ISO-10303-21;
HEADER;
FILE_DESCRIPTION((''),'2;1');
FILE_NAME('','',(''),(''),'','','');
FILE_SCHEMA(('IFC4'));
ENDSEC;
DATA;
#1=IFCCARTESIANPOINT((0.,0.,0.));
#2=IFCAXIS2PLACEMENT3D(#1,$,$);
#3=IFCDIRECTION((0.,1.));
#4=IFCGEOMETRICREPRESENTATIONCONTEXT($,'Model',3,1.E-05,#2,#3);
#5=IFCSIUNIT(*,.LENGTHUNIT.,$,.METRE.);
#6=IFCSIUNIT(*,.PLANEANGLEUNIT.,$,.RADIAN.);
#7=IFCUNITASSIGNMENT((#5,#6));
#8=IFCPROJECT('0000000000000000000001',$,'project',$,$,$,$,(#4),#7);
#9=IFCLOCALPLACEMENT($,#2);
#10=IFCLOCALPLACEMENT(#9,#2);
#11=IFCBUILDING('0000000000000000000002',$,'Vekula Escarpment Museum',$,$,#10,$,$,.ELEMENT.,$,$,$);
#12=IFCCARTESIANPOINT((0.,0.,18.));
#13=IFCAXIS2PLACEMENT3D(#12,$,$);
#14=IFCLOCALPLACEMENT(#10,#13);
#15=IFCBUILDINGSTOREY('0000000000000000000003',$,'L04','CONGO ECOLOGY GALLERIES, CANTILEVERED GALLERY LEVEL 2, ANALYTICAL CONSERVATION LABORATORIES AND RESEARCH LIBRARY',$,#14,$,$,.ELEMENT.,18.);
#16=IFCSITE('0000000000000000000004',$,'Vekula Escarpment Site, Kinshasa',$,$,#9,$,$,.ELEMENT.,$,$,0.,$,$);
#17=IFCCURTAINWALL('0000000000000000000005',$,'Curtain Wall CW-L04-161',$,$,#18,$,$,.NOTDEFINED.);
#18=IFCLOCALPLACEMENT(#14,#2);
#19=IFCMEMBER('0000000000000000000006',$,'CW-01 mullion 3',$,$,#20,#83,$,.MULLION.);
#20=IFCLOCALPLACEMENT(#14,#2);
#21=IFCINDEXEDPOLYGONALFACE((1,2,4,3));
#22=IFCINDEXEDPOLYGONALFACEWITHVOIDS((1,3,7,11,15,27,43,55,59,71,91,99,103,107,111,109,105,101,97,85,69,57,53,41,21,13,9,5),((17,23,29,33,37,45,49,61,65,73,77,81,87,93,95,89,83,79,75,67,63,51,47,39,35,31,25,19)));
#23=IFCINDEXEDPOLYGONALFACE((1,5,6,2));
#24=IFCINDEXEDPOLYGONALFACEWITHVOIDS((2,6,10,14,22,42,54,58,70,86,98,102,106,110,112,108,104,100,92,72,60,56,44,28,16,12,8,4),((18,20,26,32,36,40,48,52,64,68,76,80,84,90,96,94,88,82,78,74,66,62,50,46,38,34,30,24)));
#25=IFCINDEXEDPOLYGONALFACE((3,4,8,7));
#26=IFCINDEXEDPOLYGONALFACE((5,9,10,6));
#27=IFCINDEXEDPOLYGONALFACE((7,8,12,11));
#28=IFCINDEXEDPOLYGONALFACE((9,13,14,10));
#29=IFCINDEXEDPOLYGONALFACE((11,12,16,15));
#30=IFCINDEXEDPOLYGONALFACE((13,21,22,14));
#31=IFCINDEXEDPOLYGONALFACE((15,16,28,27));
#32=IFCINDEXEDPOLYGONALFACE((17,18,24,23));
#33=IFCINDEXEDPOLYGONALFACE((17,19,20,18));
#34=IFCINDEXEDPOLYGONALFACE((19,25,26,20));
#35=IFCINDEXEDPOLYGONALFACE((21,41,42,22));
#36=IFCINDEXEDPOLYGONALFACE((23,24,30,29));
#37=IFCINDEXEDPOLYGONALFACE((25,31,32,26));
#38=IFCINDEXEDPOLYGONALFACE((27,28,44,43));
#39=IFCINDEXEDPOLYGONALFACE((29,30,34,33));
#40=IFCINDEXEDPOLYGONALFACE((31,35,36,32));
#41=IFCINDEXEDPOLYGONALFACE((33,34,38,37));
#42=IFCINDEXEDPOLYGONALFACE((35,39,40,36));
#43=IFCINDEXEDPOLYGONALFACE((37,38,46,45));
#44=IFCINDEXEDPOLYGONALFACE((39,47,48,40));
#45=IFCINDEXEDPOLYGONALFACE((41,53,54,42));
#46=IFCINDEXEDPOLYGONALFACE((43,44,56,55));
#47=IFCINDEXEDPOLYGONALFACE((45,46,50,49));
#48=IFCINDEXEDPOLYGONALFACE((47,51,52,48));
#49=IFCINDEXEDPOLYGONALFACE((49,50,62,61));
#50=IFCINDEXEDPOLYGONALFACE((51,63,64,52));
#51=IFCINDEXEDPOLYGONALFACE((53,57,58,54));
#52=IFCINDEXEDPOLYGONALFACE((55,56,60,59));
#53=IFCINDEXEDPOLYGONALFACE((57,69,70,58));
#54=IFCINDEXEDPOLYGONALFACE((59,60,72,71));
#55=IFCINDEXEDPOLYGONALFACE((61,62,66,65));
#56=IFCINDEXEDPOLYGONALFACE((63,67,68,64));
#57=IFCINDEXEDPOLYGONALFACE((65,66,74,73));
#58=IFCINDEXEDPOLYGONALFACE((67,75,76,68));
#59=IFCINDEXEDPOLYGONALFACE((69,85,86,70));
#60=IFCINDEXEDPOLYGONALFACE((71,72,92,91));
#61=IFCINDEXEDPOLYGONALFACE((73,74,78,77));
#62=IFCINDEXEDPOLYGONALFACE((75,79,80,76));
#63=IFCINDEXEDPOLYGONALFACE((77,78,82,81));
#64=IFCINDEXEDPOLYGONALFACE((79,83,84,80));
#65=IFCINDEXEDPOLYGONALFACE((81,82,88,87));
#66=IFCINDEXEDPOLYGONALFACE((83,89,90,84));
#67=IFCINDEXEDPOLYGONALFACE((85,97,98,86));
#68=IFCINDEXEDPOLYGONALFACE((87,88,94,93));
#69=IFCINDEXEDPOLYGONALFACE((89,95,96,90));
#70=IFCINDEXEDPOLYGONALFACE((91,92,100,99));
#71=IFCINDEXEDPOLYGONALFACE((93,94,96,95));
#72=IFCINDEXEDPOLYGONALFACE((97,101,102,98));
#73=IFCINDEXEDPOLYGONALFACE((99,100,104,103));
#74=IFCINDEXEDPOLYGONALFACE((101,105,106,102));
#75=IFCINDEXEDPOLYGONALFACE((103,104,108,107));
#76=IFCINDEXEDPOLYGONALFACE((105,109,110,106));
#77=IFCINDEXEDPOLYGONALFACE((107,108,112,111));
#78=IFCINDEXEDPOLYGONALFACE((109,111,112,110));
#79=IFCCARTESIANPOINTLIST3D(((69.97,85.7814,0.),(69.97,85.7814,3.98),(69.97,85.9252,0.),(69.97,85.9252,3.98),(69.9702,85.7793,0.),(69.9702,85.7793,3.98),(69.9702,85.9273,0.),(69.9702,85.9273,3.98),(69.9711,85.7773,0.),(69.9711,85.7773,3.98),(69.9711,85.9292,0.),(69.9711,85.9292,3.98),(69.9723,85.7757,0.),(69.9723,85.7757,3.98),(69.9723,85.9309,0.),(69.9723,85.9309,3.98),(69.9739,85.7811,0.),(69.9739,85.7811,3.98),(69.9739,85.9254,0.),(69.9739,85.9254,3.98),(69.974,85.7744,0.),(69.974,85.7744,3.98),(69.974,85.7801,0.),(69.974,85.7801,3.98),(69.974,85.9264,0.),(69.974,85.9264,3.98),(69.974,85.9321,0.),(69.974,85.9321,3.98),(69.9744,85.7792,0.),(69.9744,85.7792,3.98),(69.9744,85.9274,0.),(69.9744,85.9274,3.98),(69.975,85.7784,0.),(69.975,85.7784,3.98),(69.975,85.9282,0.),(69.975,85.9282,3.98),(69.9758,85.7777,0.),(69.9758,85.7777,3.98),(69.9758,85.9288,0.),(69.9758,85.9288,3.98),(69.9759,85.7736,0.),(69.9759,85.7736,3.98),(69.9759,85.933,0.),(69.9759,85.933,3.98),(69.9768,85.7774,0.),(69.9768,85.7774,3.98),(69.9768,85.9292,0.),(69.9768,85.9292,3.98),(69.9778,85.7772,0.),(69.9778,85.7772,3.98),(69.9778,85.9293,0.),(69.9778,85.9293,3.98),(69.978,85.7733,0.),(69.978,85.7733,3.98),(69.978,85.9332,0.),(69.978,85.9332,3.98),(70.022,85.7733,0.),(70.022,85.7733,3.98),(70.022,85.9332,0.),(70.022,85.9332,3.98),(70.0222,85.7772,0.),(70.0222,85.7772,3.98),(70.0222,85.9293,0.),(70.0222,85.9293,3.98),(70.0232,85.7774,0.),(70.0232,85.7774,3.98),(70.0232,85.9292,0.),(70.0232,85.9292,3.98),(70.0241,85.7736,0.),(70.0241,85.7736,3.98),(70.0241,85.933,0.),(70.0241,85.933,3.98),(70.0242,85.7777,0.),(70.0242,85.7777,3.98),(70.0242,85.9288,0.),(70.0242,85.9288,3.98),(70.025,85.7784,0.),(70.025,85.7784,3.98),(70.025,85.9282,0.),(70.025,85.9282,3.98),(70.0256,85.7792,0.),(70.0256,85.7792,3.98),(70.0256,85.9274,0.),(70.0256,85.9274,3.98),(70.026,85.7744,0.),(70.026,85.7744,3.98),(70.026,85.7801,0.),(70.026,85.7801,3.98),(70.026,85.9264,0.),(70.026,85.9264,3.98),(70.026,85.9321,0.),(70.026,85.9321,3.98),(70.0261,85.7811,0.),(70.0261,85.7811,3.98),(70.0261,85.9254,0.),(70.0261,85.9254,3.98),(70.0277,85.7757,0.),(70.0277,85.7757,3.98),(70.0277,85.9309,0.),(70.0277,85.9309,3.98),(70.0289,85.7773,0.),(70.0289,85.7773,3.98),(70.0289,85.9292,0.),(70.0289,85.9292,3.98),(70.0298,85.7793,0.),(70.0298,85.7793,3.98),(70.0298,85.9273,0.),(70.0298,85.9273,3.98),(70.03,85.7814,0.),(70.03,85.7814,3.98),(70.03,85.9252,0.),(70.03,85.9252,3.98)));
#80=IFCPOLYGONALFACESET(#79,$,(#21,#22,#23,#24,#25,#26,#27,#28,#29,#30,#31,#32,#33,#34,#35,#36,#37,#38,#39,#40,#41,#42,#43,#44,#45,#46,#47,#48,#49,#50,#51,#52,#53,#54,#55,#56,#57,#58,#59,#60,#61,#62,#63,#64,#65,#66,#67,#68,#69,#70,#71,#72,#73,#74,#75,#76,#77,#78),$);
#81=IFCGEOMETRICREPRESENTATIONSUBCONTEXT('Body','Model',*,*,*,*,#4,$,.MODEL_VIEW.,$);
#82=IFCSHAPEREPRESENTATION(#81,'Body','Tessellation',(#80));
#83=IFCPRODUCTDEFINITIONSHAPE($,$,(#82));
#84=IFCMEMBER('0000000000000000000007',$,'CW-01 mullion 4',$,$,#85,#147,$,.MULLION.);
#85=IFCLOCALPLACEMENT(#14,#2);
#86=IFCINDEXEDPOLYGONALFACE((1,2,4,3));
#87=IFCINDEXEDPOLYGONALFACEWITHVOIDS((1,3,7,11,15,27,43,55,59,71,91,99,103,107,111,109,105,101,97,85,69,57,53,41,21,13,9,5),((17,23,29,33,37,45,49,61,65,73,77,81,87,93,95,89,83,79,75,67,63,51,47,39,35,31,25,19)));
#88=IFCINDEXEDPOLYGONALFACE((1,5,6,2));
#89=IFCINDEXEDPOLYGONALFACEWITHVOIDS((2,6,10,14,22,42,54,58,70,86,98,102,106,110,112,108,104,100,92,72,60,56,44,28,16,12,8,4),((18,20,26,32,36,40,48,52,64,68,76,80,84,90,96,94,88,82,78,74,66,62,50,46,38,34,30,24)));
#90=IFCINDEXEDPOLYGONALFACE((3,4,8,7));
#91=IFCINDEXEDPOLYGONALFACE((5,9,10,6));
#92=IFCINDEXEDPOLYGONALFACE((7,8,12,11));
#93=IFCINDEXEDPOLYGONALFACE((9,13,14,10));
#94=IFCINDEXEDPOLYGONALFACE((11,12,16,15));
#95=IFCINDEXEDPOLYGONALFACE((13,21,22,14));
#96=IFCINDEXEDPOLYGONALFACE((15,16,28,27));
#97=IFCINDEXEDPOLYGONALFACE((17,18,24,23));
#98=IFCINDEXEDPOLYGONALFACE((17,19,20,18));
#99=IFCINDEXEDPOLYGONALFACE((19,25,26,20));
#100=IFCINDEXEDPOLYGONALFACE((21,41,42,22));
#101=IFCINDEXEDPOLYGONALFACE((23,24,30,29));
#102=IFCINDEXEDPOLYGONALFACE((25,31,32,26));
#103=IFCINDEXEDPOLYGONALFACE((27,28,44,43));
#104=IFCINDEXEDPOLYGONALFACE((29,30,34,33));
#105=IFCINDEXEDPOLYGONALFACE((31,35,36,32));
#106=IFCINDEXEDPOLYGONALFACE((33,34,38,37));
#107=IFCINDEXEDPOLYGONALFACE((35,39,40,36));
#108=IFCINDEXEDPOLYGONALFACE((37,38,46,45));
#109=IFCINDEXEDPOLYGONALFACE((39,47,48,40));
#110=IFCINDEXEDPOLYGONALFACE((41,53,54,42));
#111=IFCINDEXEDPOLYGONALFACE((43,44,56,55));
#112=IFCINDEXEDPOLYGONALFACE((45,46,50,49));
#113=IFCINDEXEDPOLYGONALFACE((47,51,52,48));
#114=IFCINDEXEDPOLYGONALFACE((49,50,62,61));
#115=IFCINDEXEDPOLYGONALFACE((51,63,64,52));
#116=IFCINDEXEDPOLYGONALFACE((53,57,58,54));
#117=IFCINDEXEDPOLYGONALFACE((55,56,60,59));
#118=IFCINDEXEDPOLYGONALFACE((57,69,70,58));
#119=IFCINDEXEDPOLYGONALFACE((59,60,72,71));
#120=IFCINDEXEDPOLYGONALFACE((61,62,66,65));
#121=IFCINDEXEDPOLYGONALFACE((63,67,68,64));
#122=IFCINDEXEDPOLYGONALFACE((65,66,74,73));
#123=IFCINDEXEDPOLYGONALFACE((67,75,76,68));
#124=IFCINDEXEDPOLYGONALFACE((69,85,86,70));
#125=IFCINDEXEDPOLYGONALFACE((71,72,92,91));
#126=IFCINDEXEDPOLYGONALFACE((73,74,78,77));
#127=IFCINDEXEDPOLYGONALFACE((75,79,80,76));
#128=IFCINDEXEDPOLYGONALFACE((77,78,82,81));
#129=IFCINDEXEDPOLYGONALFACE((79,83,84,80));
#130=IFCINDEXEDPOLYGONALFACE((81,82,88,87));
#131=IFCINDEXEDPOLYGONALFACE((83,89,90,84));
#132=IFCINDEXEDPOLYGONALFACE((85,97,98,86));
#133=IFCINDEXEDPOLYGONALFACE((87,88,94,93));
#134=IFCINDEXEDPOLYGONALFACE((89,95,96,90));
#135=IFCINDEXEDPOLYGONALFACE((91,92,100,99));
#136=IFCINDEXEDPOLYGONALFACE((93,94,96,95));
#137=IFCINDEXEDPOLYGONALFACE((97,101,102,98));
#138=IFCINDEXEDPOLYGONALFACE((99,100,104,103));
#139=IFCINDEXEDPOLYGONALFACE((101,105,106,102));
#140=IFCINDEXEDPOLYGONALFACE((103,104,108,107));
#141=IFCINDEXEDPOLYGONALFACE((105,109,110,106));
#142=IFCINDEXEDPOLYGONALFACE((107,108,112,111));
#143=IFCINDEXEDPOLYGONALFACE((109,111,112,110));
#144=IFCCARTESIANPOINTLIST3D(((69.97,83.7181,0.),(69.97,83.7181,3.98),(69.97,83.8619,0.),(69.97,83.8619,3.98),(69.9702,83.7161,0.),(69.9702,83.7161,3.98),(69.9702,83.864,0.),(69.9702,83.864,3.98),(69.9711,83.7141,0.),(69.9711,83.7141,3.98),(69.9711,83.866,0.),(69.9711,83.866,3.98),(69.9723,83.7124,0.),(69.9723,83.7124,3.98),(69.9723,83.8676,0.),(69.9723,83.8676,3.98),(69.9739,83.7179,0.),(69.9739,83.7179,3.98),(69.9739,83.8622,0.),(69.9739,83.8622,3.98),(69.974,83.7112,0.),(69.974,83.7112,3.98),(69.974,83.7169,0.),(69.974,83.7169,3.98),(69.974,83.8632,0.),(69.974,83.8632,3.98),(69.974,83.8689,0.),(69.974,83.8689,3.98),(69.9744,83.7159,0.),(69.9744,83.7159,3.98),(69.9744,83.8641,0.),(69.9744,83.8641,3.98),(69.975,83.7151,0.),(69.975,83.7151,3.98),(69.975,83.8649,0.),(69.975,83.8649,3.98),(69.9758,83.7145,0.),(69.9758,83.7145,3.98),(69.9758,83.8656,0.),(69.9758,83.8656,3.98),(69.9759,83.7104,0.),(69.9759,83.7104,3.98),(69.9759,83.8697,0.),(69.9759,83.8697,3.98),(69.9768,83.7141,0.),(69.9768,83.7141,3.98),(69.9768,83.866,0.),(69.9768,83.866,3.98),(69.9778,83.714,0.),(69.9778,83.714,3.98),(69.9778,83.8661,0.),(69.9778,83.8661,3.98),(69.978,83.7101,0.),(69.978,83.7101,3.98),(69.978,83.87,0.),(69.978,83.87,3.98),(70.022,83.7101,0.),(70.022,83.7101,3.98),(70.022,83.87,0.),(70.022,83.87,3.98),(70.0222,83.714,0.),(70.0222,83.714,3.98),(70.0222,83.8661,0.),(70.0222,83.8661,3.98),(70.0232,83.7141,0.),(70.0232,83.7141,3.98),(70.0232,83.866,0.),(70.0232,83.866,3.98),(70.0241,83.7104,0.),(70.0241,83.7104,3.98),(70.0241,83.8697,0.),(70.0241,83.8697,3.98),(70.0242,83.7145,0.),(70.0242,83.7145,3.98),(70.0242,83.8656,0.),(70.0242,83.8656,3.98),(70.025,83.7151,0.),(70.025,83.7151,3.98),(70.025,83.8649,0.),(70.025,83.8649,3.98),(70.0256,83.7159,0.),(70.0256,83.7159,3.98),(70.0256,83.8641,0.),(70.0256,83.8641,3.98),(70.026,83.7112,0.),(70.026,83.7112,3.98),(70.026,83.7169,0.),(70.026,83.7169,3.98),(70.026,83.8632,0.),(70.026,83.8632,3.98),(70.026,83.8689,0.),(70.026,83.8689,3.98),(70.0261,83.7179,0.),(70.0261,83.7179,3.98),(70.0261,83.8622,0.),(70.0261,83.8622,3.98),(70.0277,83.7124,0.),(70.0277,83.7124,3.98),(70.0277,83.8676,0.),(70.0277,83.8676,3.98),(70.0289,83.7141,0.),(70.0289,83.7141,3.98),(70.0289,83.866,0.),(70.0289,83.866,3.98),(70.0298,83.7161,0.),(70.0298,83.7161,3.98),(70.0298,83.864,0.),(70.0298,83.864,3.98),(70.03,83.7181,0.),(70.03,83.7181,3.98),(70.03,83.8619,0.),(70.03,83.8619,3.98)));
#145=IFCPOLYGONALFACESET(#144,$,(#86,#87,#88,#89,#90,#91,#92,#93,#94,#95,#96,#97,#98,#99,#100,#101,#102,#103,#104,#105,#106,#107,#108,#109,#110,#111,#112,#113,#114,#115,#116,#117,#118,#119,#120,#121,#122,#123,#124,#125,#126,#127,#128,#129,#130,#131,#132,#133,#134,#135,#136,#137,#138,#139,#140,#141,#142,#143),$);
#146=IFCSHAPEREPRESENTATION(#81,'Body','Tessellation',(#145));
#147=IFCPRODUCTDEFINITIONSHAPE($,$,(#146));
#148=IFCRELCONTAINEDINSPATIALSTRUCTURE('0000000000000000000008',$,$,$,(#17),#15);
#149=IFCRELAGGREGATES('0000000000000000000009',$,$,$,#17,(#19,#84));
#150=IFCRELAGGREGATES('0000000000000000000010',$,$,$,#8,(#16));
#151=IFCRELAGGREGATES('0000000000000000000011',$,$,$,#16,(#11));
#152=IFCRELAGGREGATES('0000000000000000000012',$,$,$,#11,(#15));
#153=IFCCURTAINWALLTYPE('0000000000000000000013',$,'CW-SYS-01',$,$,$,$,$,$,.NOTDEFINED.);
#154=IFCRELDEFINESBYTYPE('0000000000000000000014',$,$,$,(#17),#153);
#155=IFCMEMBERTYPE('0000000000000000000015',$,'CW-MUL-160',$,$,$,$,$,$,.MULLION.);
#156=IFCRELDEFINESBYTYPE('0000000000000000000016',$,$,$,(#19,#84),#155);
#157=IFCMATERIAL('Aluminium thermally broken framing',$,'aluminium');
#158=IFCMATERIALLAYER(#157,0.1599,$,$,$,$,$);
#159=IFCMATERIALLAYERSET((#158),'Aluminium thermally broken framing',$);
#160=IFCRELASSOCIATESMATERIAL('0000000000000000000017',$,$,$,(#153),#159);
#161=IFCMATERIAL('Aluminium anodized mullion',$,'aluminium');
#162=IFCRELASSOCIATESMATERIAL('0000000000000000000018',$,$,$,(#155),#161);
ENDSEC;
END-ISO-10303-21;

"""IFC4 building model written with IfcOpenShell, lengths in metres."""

from ifc_helpers import new_model, si_unit, direction, frame, origin, origin_2d, place, context, subcontext, project, spatial, hollow_rectangle, extrude, material, layer, layer_set, material_profile, profile_set, type_object, element, aggregate, save


model = new_model("IFC4")

# Units and contexts
model_context = context("Model", 3, precision=1e-05, world=origin(), true_north=direction((0.0, 1.0)))
body_context = subcontext(model_context, "Body", "Model", "MODEL_VIEW")
ifc_project = project(units=[si_unit("LENGTHUNIT", "METRE"), si_unit("PLANEANGLEUNIT", "RADIAN")], contexts=[model_context])

# Site, building, storey
site_placement = place(None, origin())
site = spatial("IfcSite", under=ifc_project, at=site_placement, Name="Vekula Escarpment Site, Kinshasa", CompositionType="ELEMENT", RefElevation=0.0)
building_placement = place(site_placement, origin())
building = spatial("IfcBuilding", under=site, at=building_placement, Name="Vekula Escarpment Museum", CompositionType="ELEMENT")
storey_placement = place(building_placement, frame((0.0, 0.0, 18.0)))
storey = spatial("IfcBuildingStorey", under=building, at=storey_placement, Name="L04", Description="CONGO ECOLOGY GALLERIES, CANTILEVERED GALLERY LEVEL 2, ANALYTICAL CONSERVATION LABORATORIES AND RESEARCH LIBRARY", CompositionType="ELEMENT", Elevation=18.0)

# Curtain wall, members
ifc_material_1 = material(Name="Aluminium thermally broken framing", Category="aluminium")
ifc_layer_1 = layer(ifc_material_1, 0.1599)
ifc_layer_set_1 = layer_set([ifc_layer_1], Name="Aluminium thermally broken framing")
curtain_wall_type = type_object("IfcCurtainWallType", Name="CW-SYS-01", PredefinedType="NOTDEFINED", material=ifc_layer_set_1)
curtain_wall_placement = place(storey_placement, origin())
curtain_wall = element("IfcCurtainWall", 1, at=curtain_wall_placement, inside=storey, type_object=curtain_wall_type, Name="Curtain Wall CW-L04-161", PredefinedType="NOTDEFINED")
ifc_material_2 = material(Name="Aluminium anodized mullion", Category="aluminium")
ifc_material_profile_1 = material_profile(ifc_material_2, hollow_rectangle(XDim=0.0601, YDim=0.1599, WallThickness=0.0039, InnerFilletRadius=0.0039, OuterFilletRadius=0.0081, at=origin_2d()), Name="ALU 160x60x4")
ifc_profile_set_1 = profile_set([ifc_material_profile_1], Name="Aluminium anodized mullion")
member_type_1 = type_object("IfcMemberType", Name="CW-MUL-160", PredefinedType="MULLION", material=ifc_profile_set_1)
member_1_placement = place(storey_placement, frame((70.0, 85.8533, 0.0), z_axis=(0.0, 0.0, 1.0), x_axis=(1.0, 0.0, 0.0)))
member_1 = element("IfcMember", 2, at=member_1_placement, type_object=member_type_1, Name="CW-01 mullion 3", PredefinedType="MULLION", context=body_context, shape_type="SweptSolid", body=[
    extrude(hollow_rectangle(XDim=0.0601, YDim=0.1599, WallThickness=0.0039, InnerFilletRadius=0.0039, OuterFilletRadius=0.0081, at=origin_2d()), origin(), (0.0, 0.0, 1.0), 3.98),
])
member_2_placement = place(storey_placement, frame((70.0, 83.79, 0.0), z_axis=(0.0, 0.0, 1.0), x_axis=(1.0, 0.0, 0.0)))
member_2 = element("IfcMember", 3, at=member_2_placement, type_object=member_type_1, Name="CW-01 mullion 4", PredefinedType="MULLION", context=body_context, shape_type="SweptSolid", body=[
    extrude(hollow_rectangle(XDim=0.0601, YDim=0.1599, WallThickness=0.0039, InnerFilletRadius=0.0039, OuterFilletRadius=0.0081, at=origin_2d()), origin(), (0.0, 0.0, 1.0), 3.98),
])

aggregate(curtain_wall, [member_1, member_2])

save(model, "model.ifc")
